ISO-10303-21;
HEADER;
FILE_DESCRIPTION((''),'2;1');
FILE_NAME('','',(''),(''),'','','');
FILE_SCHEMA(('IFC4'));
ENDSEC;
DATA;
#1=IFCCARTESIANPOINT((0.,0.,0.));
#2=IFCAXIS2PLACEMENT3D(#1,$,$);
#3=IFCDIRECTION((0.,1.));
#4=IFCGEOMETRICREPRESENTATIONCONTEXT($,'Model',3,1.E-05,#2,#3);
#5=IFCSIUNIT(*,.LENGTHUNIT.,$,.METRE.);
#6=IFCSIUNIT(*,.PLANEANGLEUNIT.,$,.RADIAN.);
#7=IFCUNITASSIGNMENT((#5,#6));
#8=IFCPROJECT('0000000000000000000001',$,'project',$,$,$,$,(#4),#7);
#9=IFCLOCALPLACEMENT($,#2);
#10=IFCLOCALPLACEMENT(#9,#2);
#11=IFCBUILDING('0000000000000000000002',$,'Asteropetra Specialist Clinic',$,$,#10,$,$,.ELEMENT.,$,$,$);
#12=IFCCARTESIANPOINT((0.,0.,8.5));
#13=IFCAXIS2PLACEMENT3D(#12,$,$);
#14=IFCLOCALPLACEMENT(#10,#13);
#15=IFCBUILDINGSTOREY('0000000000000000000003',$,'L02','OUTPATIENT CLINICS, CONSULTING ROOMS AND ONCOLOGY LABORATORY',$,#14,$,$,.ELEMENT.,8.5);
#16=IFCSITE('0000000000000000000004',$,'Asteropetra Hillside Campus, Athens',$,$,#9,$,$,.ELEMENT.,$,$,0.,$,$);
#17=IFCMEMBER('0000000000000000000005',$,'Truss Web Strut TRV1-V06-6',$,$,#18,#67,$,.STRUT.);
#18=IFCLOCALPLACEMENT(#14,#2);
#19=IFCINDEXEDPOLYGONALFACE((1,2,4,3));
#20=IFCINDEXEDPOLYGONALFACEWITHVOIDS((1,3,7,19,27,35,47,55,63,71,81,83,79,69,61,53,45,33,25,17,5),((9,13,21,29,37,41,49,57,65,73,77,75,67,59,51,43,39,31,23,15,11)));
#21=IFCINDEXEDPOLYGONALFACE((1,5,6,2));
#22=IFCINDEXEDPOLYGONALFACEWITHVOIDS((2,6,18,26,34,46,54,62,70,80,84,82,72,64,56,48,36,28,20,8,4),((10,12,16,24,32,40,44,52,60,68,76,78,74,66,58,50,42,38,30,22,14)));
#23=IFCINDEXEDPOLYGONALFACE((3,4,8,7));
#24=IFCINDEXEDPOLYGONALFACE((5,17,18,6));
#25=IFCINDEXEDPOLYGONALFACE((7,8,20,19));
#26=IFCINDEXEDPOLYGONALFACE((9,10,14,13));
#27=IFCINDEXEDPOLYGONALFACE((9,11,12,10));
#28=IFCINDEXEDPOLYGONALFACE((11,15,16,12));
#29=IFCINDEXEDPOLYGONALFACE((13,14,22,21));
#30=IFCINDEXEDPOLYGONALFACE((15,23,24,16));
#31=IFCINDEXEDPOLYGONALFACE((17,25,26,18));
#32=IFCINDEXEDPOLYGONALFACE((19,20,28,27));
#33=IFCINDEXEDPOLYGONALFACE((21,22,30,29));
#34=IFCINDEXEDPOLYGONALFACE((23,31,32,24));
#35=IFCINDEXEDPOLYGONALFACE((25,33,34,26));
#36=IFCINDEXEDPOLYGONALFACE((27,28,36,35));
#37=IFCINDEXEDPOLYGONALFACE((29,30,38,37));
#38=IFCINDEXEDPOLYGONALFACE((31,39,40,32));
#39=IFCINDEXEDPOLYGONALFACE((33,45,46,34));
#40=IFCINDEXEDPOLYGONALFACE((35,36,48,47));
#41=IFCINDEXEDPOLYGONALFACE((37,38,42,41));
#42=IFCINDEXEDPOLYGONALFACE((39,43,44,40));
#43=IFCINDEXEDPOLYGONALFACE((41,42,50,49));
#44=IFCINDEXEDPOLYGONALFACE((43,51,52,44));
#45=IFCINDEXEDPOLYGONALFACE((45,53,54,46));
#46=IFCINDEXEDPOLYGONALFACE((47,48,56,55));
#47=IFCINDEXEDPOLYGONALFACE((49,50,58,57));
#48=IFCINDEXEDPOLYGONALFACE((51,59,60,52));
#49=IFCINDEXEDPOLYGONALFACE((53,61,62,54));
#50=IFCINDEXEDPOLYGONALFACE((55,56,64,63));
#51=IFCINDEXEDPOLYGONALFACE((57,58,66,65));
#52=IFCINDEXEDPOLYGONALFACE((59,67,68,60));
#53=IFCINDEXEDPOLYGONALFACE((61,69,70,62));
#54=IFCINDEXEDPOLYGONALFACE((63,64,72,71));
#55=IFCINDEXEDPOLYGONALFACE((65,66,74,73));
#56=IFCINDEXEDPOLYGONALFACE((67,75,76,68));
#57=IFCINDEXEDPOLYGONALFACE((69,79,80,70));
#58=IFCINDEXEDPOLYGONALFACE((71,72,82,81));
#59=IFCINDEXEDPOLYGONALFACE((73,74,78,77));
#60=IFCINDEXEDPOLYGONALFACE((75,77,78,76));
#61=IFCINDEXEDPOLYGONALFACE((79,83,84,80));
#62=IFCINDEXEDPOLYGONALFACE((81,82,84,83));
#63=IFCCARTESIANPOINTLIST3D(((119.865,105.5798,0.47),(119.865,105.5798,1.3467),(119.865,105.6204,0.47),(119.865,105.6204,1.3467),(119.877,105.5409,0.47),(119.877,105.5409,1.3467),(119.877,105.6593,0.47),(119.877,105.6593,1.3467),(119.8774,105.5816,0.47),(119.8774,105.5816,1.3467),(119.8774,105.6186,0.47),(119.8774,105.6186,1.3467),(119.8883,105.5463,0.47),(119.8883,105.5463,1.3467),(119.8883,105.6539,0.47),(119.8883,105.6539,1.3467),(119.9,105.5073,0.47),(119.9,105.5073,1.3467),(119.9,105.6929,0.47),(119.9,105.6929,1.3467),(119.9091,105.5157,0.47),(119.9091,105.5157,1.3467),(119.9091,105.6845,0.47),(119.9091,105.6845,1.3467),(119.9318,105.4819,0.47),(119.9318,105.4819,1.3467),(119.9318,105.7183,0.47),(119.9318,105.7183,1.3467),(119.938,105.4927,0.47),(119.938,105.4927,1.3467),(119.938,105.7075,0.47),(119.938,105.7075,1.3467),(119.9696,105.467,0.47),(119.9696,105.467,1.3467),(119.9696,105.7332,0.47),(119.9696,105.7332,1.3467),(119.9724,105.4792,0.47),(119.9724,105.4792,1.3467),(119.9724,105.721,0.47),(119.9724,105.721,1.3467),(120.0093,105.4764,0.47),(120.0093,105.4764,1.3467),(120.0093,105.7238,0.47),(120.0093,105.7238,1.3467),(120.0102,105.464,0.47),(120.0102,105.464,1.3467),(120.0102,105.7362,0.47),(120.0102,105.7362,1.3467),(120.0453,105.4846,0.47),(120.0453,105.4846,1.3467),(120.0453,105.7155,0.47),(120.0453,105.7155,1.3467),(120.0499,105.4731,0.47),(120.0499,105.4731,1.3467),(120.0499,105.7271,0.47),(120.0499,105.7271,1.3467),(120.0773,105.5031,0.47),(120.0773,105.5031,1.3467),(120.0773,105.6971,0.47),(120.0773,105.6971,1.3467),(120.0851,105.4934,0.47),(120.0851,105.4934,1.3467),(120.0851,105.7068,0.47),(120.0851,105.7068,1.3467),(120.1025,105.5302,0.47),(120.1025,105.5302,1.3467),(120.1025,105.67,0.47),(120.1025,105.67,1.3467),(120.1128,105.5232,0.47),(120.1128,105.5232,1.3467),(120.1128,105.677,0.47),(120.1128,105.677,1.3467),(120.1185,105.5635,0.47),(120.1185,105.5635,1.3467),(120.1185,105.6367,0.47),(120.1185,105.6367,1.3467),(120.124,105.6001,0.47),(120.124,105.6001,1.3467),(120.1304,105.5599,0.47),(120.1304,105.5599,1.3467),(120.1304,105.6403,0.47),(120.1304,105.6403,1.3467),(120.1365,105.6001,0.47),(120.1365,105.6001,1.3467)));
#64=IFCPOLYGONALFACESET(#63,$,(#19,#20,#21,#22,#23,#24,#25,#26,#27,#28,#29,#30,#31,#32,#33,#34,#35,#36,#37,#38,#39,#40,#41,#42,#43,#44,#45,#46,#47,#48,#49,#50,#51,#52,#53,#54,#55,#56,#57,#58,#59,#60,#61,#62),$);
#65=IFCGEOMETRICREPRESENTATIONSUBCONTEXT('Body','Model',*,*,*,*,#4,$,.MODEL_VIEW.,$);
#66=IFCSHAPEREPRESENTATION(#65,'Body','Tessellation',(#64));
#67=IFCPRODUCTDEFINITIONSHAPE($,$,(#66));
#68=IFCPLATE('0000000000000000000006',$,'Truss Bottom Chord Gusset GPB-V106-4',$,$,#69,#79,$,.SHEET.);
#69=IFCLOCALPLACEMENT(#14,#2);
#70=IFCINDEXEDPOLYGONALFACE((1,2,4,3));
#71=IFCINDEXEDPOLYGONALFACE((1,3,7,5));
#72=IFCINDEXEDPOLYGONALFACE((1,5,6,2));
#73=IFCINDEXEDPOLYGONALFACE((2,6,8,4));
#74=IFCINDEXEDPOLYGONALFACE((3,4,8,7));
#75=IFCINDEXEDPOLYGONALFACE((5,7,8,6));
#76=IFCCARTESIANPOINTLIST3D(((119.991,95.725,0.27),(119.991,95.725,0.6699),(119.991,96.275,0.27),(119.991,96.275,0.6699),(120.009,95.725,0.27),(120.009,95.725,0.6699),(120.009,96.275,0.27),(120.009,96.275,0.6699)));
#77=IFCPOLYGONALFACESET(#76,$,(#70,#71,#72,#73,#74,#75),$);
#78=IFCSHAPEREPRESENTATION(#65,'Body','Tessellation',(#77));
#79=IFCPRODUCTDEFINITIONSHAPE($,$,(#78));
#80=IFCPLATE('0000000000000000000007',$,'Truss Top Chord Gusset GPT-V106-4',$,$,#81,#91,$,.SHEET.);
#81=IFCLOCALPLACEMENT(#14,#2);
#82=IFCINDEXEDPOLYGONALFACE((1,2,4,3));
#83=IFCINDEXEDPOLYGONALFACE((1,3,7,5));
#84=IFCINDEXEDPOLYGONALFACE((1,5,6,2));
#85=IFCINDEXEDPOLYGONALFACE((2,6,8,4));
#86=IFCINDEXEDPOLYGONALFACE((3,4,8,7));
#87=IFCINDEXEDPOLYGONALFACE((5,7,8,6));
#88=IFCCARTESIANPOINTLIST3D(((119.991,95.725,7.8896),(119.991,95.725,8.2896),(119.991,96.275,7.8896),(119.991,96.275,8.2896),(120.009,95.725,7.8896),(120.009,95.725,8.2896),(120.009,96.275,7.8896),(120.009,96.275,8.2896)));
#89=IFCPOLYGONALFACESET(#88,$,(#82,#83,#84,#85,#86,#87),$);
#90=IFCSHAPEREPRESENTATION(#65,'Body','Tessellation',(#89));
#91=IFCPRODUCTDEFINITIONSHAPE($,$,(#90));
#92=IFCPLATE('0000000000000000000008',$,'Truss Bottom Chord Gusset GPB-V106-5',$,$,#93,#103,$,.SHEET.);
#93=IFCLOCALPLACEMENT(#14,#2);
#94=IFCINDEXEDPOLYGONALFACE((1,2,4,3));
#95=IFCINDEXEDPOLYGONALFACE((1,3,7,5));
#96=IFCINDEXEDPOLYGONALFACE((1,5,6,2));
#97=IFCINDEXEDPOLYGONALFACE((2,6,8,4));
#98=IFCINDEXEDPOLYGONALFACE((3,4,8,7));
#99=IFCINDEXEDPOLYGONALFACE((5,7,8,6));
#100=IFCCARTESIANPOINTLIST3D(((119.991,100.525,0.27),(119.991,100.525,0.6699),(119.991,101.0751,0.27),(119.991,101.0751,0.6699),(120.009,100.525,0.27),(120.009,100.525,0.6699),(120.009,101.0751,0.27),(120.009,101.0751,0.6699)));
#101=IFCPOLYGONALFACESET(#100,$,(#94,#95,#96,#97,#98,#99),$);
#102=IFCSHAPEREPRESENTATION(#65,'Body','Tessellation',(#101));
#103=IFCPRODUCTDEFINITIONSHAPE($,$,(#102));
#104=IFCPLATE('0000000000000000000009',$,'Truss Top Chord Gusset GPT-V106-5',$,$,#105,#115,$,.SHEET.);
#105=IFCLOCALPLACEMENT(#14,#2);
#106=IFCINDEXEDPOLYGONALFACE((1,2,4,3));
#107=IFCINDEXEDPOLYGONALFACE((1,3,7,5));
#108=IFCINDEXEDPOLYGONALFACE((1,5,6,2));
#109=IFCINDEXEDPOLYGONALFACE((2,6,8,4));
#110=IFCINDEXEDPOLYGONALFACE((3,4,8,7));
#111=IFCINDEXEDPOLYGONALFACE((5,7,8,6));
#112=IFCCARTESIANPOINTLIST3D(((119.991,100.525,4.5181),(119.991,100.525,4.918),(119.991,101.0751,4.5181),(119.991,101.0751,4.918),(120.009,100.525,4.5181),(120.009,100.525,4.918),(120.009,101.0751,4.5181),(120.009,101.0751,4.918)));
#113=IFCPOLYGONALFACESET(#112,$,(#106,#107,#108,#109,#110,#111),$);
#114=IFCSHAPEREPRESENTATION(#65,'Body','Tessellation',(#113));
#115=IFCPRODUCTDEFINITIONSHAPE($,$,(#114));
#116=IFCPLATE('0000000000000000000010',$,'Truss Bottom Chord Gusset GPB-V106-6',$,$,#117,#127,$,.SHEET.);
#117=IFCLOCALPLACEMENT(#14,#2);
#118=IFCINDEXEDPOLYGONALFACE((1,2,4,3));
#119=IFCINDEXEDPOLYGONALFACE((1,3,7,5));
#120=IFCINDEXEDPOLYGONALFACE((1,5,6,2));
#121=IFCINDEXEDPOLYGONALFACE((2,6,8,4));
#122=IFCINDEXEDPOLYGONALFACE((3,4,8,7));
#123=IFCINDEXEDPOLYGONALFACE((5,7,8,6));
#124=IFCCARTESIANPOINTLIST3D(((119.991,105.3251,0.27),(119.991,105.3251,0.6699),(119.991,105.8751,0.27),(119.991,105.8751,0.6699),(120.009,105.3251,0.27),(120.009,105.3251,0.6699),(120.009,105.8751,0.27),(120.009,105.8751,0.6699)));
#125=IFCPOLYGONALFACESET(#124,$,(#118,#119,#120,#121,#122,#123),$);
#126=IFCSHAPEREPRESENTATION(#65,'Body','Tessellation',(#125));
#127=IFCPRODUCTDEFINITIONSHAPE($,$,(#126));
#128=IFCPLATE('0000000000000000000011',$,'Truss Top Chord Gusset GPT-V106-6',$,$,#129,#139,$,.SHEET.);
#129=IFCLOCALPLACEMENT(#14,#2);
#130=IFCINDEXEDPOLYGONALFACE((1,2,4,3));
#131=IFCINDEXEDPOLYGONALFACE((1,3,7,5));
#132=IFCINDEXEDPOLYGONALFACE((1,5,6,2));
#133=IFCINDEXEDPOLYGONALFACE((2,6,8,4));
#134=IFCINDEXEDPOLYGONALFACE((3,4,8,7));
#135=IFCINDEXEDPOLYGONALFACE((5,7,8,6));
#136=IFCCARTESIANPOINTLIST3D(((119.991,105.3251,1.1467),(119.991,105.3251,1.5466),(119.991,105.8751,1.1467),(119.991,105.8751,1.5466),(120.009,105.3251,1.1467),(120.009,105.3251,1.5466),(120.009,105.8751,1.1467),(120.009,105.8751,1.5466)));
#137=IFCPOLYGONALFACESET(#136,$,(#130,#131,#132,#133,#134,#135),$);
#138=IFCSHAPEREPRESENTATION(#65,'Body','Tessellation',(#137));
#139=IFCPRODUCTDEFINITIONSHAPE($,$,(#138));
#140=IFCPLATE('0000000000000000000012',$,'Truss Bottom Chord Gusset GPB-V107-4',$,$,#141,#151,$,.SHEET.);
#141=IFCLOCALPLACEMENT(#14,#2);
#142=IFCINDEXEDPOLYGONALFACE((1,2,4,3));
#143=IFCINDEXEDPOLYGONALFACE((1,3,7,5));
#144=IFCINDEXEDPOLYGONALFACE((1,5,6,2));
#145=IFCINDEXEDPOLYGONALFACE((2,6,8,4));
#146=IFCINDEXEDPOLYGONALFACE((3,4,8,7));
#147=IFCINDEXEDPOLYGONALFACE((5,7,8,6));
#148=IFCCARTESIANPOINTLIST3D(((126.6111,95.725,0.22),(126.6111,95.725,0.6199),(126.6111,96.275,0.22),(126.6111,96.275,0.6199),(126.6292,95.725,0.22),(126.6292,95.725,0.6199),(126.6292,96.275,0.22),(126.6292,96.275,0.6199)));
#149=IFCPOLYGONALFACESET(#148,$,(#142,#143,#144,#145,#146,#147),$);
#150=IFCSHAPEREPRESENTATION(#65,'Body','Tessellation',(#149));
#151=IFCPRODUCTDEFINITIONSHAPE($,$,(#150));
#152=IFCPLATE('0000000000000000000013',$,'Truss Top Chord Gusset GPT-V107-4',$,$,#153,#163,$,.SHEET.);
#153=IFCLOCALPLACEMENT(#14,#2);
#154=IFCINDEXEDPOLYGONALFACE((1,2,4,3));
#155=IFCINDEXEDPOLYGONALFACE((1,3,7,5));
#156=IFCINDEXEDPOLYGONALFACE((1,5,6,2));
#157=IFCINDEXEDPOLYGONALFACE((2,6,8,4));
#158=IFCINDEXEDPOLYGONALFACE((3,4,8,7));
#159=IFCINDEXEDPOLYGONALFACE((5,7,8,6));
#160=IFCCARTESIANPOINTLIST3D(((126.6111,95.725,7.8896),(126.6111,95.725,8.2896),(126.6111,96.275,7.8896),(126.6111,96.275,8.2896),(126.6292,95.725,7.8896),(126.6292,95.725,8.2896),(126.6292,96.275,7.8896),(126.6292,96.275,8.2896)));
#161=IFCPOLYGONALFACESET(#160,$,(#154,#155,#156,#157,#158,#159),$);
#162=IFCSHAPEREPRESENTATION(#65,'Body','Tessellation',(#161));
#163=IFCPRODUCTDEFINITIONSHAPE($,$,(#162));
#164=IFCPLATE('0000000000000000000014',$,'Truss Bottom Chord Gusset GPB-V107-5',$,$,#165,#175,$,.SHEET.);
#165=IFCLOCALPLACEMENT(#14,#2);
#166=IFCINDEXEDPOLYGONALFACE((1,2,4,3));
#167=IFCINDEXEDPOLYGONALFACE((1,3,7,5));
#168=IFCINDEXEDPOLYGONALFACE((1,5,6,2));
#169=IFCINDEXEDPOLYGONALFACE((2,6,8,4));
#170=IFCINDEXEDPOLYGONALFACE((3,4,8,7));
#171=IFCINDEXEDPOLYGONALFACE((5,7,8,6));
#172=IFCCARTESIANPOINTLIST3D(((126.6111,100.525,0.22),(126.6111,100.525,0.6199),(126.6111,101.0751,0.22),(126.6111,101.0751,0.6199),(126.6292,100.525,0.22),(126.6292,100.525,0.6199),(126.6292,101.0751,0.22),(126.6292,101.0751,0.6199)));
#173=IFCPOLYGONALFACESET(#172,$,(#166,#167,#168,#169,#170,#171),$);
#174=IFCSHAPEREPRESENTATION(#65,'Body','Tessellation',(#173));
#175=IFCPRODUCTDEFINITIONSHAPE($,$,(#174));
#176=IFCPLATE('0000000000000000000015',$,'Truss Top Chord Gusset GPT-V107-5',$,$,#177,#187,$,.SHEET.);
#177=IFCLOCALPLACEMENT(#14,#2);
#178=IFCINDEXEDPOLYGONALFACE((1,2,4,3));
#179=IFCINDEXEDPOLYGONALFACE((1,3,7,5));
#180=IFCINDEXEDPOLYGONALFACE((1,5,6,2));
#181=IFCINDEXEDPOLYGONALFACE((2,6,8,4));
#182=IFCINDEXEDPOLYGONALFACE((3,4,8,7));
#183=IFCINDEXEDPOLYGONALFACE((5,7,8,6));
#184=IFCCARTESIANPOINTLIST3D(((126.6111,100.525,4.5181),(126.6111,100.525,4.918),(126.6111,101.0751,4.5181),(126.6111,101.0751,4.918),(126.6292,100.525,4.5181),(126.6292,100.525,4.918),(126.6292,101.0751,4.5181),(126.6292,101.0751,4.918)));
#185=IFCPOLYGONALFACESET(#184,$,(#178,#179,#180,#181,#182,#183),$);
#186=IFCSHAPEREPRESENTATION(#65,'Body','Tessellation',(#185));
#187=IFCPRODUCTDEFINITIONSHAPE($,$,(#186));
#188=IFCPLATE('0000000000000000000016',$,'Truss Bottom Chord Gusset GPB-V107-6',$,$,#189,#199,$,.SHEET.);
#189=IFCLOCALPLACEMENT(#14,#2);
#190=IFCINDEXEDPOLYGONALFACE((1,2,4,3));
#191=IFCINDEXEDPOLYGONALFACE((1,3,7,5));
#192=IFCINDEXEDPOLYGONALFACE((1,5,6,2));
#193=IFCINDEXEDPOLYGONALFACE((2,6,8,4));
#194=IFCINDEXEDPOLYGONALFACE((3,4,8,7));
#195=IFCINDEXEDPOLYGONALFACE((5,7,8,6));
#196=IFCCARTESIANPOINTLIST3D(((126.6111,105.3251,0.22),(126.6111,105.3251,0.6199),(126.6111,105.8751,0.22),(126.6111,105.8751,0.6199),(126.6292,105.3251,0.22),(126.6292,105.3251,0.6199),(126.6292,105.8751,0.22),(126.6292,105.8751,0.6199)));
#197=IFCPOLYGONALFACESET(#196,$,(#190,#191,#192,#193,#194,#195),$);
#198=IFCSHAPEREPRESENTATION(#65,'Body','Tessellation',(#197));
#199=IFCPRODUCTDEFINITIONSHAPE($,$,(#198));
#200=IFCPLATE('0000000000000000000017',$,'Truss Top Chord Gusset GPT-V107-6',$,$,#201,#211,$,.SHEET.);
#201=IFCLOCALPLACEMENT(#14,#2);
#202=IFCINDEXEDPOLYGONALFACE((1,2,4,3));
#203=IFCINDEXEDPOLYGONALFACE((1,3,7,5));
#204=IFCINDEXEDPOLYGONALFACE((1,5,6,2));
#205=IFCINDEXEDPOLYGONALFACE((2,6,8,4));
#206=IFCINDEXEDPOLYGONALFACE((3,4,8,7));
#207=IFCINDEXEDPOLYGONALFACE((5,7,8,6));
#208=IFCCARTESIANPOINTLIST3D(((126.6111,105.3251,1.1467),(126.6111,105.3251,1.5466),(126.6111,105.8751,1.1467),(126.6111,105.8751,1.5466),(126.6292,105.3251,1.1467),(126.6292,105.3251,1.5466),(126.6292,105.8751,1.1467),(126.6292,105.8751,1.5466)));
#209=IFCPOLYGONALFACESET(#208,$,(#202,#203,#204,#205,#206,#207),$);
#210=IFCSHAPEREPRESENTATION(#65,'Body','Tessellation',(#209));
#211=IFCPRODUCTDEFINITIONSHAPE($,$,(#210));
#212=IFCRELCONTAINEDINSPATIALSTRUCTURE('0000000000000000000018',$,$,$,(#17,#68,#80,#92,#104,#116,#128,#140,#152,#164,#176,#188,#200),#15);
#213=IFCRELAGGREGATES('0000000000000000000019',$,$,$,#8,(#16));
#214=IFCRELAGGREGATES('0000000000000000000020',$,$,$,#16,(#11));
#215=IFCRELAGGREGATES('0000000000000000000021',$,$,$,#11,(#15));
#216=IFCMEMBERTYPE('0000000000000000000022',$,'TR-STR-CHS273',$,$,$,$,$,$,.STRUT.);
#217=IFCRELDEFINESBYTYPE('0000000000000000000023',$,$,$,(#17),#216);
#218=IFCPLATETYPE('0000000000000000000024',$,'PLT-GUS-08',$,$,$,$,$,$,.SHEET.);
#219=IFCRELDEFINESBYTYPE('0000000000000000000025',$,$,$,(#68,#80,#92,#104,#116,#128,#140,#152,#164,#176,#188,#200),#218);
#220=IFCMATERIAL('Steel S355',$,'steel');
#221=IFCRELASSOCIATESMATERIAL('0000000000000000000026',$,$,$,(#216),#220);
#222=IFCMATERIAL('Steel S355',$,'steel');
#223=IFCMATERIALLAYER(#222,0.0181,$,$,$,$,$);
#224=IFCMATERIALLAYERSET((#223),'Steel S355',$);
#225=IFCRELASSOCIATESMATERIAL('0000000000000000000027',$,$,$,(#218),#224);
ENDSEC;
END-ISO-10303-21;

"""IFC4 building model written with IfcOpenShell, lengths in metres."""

from ifc_helpers import new_model, si_unit, direction, frame, origin, origin_2d, place, context, subcontext, project, spatial, rectangle, hollow_circle, extrude, material, layer, layer_set, material_profile, profile_set, type_object, element, save


model = new_model("IFC4")

# Units and contexts
model_context = context("Model", 3, precision=1e-05, world=origin(), true_north=direction((0.0, 1.0)))
body_context = subcontext(model_context, "Body", "Model", "MODEL_VIEW")
ifc_project = project(units=[si_unit("LENGTHUNIT", "METRE"), si_unit("PLANEANGLEUNIT", "RADIAN")], contexts=[model_context])

# Site, building, storey
site_placement = place(None, origin())
site = spatial("IfcSite", under=ifc_project, at=site_placement, Name="Asteropetra Hillside Campus, Athens", CompositionType="ELEMENT", RefElevation=0.0)
building_placement = place(site_placement, origin())
building = spatial("IfcBuilding", under=site, at=building_placement, Name="Asteropetra Specialist Clinic", CompositionType="ELEMENT")
storey_placement = place(building_placement, frame((0.0, 0.0, 8.5)))
storey = spatial("IfcBuildingStorey", under=building, at=storey_placement, Name="L02", Description="OUTPATIENT CLINICS, CONSULTING ROOMS AND ONCOLOGY LABORATORY", CompositionType="ELEMENT", Elevation=8.5)

# Member
ifc_material_1 = material(Name="Steel S355", Category="steel")
ifc_material_profile_1 = material_profile(ifc_material_1, hollow_circle(Radius=0.1365, WallThickness=0.0125, at=origin_2d()), Name="CHS 273.0x12.5")
ifc_profile_set_1 = profile_set([ifc_material_profile_1], Name="Steel S355")
member_type_1 = type_object("IfcMemberType", Name="TR-STR-CHS273", PredefinedType="STRUT", material=ifc_profile_set_1)
member_1_placement = place(storey_placement, frame((120.0, 105.6001, 0.47), z_axis=(0.0, 0.0, 1.0), x_axis=(1.0, 0.0, 0.0)))
element("IfcMember", 1, at=member_1_placement, inside=storey, type_object=member_type_1, Name="Truss Web Strut TRV1-V06-6", PredefinedType="STRUT", context=body_context, shape_type="SweptSolid", body=[
    extrude(hollow_circle(Radius=0.1365, WallThickness=0.0125, at=origin_2d()), origin(), (0.0, 0.0, 1.0), 0.8767),
])

# Plates
ifc_material_2 = material(Name="Steel S355", Category="steel")
ifc_layer = layer(ifc_material_2, 0.0181)
ifc_layer_set = layer_set([ifc_layer], Name="Steel S355")
plate_type = type_object("IfcPlateType", Name="PLT-GUS-08", PredefinedType="SHEET", material=ifc_layer_set)
for number, where, z_axis, x_axis, name in (
    (2, (120.0, 96.0, 0.27), (0.0, 0.0, 1.0), (1.0, 0.0, 0.0), "Truss Bottom Chord Gusset GPB-V106-4"),
    (3, (120.0, 96.0, 7.8896), (0.0, 0.0, 1.0), (1.0, 0.0, 0.0), "Truss Top Chord Gusset GPT-V106-4"),
    (4, (120.0, 100.8, 0.27), (0.0, 0.0, 1.0), (1.0, 0.0, 0.0), "Truss Bottom Chord Gusset GPB-V106-5"),
    (5, (120.0, 100.8, 4.5181), (0.0, 0.0, 1.0), (1.0, 0.0, 0.0), "Truss Top Chord Gusset GPT-V106-5"),
    (6, (120.0, 105.6001, 0.27), (0.0, 0.0, 1.0), (1.0, 0.0, 0.0), "Truss Bottom Chord Gusset GPB-V106-6"),
    (7, (120.0, 105.6001, 1.1467), (0.0, 0.0, 1.0), (1.0, 0.0, 0.0), "Truss Top Chord Gusset GPT-V106-6"),
    (8, (126.6201, 96.0, 0.22), (0.0, 0.0, 1.0), (1.0, 0.0, 0.0), "Truss Bottom Chord Gusset GPB-V107-4"),
    (9, (126.6201, 96.0, 7.8896), (0.0, 0.0, 1.0), (1.0, 0.0, 0.0), "Truss Top Chord Gusset GPT-V107-4"),
    (10, (126.6201, 100.8, 0.22), (0.0, 0.0, 1.0), (1.0, 0.0, 0.0), "Truss Bottom Chord Gusset GPB-V107-5"),
    (11, (126.6201, 100.8, 4.5181), (0.0, 0.0, 1.0), (1.0, 0.0, 0.0), "Truss Top Chord Gusset GPT-V107-5"),
    (12, (126.6201, 105.6001, 0.22), (0.0, 0.0, 1.0), (1.0, 0.0, 0.0), "Truss Bottom Chord Gusset GPB-V107-6"),
    (13, (126.6201, 105.6001, 1.1467), (0.0, 0.0, 1.0), (1.0, 0.0, 0.0), "Truss Top Chord Gusset GPT-V107-6"),
):
    element("IfcPlate", number, at=place(storey_placement, frame(where, z_axis=z_axis, x_axis=x_axis)), inside=storey, type_object=plate_type, Name=name, PredefinedType="SHEET", context=body_context, shape_type="SweptSolid", body=[
        extrude(rectangle(XDim=0.0181, YDim=0.55, at=origin_2d()), origin(), (0.0, 0.0, 1.0), 0.3999),
    ])

save(model, "model.ifc")
